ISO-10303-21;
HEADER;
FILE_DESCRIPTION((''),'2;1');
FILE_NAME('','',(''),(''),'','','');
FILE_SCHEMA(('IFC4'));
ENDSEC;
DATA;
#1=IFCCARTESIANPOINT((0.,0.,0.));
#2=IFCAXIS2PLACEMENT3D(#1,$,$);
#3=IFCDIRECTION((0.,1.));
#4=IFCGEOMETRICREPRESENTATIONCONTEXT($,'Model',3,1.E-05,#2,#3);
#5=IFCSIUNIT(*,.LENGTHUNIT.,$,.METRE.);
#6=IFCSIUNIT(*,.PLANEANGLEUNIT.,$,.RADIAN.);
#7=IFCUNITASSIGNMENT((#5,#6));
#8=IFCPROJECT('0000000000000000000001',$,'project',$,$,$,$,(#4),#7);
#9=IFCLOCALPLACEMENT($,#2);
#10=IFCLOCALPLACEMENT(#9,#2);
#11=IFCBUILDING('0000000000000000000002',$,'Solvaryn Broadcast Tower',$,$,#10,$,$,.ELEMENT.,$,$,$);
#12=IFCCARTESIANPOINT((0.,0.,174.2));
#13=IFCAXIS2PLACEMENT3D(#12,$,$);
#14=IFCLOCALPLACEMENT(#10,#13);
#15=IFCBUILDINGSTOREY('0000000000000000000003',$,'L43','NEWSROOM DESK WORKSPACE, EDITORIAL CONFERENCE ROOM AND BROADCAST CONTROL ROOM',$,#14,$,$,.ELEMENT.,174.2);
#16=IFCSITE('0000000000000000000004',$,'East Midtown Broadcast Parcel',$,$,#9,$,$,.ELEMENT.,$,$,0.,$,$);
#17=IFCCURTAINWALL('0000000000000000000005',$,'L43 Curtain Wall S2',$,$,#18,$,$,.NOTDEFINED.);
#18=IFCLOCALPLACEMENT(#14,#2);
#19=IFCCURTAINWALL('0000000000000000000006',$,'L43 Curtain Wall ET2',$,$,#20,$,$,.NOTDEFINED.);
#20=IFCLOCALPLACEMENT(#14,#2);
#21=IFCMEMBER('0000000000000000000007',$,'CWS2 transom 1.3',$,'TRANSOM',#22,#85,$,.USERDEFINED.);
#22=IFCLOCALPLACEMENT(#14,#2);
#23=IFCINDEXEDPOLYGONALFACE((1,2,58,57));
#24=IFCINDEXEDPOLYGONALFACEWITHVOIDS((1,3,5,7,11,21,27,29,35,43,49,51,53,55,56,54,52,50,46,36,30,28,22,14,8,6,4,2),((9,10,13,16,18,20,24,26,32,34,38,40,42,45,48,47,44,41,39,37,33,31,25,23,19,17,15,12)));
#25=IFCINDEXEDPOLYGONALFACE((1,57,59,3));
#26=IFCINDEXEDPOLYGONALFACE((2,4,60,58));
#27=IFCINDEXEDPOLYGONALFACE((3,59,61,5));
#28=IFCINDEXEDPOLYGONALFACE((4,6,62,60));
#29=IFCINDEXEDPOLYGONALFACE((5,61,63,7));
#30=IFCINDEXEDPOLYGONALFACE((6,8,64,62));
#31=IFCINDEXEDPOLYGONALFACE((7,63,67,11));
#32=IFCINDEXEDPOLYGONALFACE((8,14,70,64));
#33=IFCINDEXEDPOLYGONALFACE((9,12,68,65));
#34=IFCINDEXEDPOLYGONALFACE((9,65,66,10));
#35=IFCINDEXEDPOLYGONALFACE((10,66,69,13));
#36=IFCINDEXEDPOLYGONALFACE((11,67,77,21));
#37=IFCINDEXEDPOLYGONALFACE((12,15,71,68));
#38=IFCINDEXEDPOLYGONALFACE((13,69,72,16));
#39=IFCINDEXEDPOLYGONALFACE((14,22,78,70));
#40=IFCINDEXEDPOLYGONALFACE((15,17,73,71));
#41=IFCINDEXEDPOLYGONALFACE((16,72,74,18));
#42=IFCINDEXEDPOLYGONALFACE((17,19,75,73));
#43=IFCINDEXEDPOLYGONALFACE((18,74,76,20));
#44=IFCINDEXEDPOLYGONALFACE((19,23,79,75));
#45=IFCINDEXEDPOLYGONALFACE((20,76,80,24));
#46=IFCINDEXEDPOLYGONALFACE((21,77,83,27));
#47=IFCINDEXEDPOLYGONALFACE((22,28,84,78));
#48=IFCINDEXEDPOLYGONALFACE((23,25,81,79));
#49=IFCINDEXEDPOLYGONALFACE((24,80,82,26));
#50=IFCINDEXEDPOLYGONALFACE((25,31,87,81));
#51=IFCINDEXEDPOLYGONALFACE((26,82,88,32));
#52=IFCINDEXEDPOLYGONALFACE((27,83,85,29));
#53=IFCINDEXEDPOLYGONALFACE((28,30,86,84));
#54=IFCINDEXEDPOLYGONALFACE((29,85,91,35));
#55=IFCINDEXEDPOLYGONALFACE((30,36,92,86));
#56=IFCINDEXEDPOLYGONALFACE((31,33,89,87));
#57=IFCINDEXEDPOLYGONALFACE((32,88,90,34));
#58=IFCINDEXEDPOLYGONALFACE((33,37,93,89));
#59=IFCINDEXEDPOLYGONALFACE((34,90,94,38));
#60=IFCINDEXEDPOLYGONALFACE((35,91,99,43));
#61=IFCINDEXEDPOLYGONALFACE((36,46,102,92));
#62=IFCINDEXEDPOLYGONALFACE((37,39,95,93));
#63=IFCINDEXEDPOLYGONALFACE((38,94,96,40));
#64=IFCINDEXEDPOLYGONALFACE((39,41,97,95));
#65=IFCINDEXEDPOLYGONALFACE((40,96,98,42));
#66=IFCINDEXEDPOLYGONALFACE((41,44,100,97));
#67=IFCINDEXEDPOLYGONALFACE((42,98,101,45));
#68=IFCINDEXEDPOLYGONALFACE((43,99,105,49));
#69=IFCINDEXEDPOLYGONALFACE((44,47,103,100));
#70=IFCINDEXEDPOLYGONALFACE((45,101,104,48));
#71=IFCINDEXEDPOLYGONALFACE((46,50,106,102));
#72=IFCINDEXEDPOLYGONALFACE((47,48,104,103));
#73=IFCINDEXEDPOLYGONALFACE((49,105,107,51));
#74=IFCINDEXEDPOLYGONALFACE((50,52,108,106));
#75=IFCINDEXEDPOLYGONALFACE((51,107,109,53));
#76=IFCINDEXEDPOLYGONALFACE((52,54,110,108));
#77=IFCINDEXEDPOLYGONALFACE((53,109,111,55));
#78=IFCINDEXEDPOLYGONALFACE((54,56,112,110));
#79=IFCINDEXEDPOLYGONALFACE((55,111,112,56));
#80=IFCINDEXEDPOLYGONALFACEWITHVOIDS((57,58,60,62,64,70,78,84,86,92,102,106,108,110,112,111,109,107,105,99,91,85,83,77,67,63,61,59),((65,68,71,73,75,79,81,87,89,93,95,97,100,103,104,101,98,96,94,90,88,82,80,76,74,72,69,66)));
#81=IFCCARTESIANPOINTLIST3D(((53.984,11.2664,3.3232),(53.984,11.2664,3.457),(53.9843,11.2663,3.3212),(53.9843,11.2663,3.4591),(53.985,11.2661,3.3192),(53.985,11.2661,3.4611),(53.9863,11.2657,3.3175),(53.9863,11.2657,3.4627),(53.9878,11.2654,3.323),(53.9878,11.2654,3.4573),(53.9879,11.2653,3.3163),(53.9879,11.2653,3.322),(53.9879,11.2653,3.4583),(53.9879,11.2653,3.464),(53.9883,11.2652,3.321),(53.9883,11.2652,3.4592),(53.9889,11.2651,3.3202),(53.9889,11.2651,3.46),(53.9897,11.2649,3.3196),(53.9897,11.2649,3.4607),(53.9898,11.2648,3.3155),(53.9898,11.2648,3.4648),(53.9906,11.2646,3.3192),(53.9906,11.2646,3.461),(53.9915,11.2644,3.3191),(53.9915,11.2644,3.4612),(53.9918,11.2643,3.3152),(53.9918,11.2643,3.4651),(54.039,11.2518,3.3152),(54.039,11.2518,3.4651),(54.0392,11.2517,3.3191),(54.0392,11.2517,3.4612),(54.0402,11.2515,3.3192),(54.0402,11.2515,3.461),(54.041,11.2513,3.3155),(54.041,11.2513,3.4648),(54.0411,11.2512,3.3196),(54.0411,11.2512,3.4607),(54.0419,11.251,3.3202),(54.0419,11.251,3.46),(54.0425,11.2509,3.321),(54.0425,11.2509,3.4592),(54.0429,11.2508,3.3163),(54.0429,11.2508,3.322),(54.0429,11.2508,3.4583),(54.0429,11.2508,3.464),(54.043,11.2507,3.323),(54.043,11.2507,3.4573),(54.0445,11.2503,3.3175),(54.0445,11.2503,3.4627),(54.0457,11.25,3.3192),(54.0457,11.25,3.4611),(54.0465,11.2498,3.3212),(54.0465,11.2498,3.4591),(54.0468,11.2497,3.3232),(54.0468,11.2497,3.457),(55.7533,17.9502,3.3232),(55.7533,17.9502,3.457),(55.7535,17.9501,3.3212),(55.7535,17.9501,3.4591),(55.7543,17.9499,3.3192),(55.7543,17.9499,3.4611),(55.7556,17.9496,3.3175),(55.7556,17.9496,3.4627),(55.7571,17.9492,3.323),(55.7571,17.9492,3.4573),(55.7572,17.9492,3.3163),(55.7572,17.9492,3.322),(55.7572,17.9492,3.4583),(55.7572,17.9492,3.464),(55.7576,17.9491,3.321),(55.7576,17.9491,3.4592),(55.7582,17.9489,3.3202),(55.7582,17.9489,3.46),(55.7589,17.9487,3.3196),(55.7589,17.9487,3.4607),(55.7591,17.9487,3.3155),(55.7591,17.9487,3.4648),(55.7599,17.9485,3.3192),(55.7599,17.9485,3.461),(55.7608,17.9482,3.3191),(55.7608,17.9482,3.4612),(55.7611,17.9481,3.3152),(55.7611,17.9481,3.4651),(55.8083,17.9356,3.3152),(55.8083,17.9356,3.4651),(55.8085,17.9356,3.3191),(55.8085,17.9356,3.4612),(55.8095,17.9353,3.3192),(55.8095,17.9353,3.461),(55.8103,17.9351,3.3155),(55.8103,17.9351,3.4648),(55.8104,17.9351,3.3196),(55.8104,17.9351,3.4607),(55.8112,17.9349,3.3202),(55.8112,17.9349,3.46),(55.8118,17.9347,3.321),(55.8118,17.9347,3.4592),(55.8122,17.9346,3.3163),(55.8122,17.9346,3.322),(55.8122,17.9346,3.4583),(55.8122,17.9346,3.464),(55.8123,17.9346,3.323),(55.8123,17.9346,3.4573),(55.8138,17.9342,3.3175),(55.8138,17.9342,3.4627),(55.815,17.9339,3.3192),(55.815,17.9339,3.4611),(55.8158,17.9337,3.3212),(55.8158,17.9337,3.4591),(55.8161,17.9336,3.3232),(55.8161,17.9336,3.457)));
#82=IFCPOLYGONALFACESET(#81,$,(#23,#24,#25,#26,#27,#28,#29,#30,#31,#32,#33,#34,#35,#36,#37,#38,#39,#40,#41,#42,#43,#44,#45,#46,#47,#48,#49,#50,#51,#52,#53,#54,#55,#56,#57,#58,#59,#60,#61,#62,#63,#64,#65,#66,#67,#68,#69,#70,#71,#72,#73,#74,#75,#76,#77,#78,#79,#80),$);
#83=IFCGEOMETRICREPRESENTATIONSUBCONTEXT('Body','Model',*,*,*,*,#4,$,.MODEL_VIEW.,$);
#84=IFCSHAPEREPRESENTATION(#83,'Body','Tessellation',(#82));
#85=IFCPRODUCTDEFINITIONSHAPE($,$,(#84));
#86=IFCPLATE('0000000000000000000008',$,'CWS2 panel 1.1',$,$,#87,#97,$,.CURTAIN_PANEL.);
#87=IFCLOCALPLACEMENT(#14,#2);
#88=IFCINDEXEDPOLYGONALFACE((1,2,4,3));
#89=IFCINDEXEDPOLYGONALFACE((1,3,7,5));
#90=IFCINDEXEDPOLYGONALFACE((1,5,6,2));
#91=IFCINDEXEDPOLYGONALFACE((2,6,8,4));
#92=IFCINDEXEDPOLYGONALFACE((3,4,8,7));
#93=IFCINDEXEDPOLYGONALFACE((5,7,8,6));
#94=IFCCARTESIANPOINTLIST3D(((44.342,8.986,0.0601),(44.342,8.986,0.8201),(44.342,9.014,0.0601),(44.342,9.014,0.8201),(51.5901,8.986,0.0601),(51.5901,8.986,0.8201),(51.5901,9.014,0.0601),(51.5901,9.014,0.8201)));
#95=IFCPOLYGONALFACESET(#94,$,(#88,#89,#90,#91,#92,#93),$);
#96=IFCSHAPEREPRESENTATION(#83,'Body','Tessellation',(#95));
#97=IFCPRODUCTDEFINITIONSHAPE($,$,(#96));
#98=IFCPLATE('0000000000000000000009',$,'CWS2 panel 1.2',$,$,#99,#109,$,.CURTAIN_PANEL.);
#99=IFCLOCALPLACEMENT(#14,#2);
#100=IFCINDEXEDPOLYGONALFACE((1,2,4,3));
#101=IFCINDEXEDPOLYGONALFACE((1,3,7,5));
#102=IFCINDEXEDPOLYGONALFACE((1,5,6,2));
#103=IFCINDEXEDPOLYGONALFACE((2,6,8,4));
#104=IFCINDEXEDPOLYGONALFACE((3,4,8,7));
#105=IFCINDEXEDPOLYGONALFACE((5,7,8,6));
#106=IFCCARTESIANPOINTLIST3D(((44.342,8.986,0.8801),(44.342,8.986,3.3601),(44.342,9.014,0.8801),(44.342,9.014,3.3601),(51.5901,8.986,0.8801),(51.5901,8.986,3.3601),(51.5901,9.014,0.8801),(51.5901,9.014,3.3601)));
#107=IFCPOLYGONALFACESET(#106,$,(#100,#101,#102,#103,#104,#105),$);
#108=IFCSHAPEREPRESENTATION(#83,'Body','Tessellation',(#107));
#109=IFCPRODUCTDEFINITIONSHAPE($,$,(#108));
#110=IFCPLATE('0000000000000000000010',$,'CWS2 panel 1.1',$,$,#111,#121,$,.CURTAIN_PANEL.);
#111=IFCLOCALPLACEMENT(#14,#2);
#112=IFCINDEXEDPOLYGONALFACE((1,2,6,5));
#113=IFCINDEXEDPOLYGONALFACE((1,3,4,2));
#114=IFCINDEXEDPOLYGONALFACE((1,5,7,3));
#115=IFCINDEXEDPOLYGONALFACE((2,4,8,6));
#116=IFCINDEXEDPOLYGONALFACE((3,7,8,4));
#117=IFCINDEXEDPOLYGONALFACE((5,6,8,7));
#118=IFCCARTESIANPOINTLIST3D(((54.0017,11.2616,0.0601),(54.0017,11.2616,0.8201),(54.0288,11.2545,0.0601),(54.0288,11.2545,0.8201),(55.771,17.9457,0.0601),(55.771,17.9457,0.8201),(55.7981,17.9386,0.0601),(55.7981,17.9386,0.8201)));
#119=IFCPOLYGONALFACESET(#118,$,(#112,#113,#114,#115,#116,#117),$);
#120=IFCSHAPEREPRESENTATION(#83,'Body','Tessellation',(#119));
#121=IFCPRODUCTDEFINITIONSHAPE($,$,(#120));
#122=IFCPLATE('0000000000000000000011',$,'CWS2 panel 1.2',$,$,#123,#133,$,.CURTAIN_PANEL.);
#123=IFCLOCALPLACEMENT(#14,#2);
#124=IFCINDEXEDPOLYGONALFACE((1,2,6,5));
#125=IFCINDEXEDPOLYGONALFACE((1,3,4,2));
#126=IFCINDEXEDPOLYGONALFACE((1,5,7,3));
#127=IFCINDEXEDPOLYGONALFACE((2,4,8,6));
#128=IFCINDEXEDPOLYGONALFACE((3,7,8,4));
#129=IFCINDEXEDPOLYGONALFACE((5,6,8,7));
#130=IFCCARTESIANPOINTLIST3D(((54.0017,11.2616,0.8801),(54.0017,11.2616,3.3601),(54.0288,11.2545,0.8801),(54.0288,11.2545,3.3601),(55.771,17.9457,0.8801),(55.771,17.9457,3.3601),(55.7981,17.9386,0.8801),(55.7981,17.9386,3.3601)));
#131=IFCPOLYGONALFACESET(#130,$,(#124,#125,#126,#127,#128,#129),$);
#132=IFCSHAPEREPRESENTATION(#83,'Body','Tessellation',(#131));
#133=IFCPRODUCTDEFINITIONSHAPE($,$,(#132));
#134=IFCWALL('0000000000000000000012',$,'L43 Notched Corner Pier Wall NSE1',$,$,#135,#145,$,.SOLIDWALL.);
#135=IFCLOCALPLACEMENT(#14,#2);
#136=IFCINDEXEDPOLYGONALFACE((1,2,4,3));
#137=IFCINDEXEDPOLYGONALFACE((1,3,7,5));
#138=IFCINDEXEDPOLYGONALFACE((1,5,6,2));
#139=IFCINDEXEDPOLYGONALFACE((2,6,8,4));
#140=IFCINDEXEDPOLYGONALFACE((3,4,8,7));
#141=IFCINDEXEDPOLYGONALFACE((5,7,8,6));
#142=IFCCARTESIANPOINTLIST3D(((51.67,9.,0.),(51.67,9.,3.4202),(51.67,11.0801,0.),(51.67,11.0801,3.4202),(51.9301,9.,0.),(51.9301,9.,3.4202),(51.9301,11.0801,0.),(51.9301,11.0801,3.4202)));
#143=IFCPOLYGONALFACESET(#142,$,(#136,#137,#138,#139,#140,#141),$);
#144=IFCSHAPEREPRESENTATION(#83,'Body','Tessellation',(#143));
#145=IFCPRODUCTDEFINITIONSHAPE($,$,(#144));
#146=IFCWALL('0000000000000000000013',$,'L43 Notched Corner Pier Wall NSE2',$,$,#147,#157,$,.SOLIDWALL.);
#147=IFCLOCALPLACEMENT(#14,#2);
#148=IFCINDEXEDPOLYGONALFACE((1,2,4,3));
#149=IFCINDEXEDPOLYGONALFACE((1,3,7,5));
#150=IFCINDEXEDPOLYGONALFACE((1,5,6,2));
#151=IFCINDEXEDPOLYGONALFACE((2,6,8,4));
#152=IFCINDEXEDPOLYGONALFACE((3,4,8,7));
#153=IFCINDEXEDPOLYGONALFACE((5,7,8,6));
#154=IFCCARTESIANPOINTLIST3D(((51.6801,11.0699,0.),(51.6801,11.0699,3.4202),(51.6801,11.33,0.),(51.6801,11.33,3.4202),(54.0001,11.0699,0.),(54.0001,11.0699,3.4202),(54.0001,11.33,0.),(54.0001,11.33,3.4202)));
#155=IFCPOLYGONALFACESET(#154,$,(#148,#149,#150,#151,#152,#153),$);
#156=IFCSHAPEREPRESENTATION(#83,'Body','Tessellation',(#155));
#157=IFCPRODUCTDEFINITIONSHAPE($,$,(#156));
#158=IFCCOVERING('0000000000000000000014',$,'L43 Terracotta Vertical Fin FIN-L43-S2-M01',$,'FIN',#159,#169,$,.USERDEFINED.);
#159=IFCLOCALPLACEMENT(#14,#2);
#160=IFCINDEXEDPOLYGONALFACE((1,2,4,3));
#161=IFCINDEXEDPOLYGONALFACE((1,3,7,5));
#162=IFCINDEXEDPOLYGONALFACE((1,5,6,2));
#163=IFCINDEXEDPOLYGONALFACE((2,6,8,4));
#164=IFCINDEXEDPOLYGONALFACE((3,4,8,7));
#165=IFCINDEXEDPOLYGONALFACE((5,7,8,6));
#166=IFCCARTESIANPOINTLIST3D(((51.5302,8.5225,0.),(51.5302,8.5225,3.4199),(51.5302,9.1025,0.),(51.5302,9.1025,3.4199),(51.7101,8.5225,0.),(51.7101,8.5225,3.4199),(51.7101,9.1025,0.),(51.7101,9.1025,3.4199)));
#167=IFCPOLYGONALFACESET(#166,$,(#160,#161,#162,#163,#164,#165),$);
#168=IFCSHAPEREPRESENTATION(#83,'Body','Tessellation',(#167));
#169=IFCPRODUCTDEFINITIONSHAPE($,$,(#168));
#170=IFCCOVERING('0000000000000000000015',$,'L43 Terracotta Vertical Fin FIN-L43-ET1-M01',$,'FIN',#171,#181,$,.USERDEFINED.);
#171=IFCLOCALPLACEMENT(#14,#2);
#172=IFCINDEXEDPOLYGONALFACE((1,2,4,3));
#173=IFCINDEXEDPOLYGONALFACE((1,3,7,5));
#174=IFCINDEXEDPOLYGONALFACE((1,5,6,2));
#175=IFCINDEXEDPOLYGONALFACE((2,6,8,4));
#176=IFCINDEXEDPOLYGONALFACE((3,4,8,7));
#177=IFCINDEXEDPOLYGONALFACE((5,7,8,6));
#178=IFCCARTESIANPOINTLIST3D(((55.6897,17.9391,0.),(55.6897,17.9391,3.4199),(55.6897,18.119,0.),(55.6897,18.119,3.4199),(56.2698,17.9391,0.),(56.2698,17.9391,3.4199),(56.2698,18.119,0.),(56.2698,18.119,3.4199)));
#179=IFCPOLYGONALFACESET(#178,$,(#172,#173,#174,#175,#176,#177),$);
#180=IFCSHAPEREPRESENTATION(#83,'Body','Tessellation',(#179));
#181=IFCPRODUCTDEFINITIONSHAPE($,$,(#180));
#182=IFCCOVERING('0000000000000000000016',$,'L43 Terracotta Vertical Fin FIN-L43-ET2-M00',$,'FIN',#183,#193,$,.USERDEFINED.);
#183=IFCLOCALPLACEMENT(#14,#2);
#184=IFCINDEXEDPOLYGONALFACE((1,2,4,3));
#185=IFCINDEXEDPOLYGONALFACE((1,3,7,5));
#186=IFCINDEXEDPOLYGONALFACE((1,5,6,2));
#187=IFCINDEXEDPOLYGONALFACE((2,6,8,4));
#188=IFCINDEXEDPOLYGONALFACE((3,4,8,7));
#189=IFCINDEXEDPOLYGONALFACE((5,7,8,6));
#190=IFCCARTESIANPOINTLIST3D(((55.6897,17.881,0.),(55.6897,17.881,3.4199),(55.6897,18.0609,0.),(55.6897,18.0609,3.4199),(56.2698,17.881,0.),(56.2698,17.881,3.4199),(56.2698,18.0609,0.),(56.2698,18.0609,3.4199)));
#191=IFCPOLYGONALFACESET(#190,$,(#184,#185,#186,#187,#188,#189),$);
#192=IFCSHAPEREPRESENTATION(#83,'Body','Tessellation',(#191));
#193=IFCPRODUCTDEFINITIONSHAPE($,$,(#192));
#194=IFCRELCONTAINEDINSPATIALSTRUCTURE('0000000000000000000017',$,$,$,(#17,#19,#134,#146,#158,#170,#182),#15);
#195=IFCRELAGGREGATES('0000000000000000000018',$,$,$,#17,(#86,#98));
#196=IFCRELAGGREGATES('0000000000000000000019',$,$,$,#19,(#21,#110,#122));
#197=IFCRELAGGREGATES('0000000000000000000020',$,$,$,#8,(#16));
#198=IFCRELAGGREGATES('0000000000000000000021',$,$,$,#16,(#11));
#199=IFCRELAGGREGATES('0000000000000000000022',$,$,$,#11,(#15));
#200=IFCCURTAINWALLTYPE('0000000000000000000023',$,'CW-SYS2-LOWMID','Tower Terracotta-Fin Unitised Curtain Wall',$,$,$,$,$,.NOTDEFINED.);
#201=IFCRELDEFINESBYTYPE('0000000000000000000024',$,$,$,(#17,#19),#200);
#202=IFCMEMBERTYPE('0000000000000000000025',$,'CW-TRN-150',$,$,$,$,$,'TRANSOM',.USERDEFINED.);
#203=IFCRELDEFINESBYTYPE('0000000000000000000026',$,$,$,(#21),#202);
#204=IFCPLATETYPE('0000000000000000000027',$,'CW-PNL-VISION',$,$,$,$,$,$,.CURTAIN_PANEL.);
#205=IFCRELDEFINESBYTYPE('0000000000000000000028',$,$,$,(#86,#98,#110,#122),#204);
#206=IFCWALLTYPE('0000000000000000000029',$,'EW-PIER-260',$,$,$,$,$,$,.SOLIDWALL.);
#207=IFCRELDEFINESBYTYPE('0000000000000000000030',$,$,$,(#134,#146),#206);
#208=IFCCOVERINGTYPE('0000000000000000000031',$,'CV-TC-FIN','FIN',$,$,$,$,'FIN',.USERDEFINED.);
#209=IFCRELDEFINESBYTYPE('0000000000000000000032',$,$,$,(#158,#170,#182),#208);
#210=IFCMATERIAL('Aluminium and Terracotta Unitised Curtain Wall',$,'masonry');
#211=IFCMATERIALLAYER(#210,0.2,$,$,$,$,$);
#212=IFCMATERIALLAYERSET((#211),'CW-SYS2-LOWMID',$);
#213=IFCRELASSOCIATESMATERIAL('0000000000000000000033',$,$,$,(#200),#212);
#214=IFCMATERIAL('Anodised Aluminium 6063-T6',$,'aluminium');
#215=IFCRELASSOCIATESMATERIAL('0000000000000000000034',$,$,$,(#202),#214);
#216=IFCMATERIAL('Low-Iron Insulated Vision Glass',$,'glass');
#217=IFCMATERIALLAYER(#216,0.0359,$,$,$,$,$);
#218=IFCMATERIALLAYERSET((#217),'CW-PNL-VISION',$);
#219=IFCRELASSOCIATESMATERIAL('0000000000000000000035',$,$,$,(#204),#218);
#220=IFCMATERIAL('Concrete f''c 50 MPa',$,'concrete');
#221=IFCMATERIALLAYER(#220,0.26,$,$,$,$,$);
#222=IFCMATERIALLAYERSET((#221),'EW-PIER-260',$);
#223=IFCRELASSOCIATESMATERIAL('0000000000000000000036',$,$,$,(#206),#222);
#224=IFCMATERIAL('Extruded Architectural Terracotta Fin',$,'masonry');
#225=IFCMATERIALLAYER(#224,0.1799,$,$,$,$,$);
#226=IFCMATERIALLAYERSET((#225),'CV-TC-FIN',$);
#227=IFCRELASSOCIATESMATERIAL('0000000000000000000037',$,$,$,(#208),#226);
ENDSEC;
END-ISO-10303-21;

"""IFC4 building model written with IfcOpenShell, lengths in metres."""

from ifc_helpers import new_model, si_unit, direction, frame, frame_2d, origin, origin_2d, place, context, subcontext, project, spatial, rectangle, hollow_rectangle, extrude, material, layer, layer_set, material_profile, profile_set, type_object, element, aggregate, save


model = new_model("IFC4")

# Units and contexts
model_context = context("Model", 3, precision=1e-05, world=origin(), true_north=direction((0.0, 1.0)))
body_context = subcontext(model_context, "Body", "Model", "MODEL_VIEW")
ifc_project = project(units=[si_unit("LENGTHUNIT", "METRE"), si_unit("PLANEANGLEUNIT", "RADIAN")], contexts=[model_context])

# Site, building, storey
site_placement = place(None, origin())
site = spatial("IfcSite", under=ifc_project, at=site_placement, Name="East Midtown Broadcast Parcel", CompositionType="ELEMENT", RefElevation=0.0)
building_placement = place(site_placement, origin())
building = spatial("IfcBuilding", under=site, at=building_placement, Name="Solvaryn Broadcast Tower", CompositionType="ELEMENT")
storey_placement = place(building_placement, frame((0.0, 0.0, 174.2)))
storey = spatial("IfcBuildingStorey", under=building, at=storey_placement, Name="L43", Description="NEWSROOM DESK WORKSPACE, EDITORIAL CONFERENCE ROOM AND BROADCAST CONTROL ROOM", CompositionType="ELEMENT", Elevation=174.2)

# Curtain wall
ifc_material_1 = material(Name="Aluminium and Terracotta Unitised Curtain Wall", Category="masonry")
ifc_layer_1 = layer(ifc_material_1, 0.2)
ifc_layer_set_1 = layer_set([ifc_layer_1], Name="CW-SYS2-LOWMID")
curtain_wall_type = type_object("IfcCurtainWallType", Name="CW-SYS2-LOWMID", Description="Tower Terracotta-Fin Unitised Curtain Wall", PredefinedType="NOTDEFINED", material=ifc_layer_set_1)
curtain_wall_1_placement = place(storey_placement, origin())
curtain_wall_1 = element("IfcCurtainWall", 1, at=curtain_wall_1_placement, inside=storey, type_object=curtain_wall_type, Name="L43 Curtain Wall S2", PredefinedType="NOTDEFINED")

# Curtain wall, member
curtain_wall_2_placement = place(storey_placement, origin())
curtain_wall_2 = element("IfcCurtainWall", 2, at=curtain_wall_2_placement, inside=storey, type_object=curtain_wall_type, Name="L43 Curtain Wall ET2", PredefinedType="NOTDEFINED")
ifc_material_2 = material(Name="Anodised Aluminium 6063-T6", Category="aluminium")
ifc_material_profile_1 = material_profile(ifc_material_2, hollow_rectangle(XDim=0.0649, YDim=0.1499, WallThickness=0.0039, InnerFilletRadius=0.0039, OuterFilletRadius=0.0081, at=origin_2d()))
ifc_profile_set_1 = profile_set([ifc_material_profile_1], Name="Anodised Aluminium 6063-T6")
member_type_1 = type_object("IfcMemberType", Name="CW-TRN-150", ElementType="TRANSOM", PredefinedType="USERDEFINED", material=ifc_profile_set_1)
member_1_placement = place(storey_placement, frame((55.7847, 17.9419, 3.3901), z_axis=(-0.255897, -0.966704, 0.0), x_axis=(0.966704, -0.255897, 0.0)))
member_1 = element("IfcMember", 3, at=member_1_placement, type_object=member_type_1, Name="CWS2 transom 1.3", ObjectType="TRANSOM", PredefinedType="USERDEFINED", context=body_context, shape_type="SweptSolid", body=[
    extrude(hollow_rectangle(XDim=0.0649, YDim=0.1499, WallThickness=0.0039, InnerFilletRadius=0.0039, OuterFilletRadius=0.0081, at=origin_2d()), origin(), (0.0, 0.0, 1.0), 6.9141),
])

# Plates
ifc_material_3 = material(Name="Low-Iron Insulated Vision Glass", Category="glass")
ifc_layer_2 = layer(ifc_material_3, 0.0359)
ifc_layer_set_2 = layer_set([ifc_layer_2], Name="CW-PNL-VISION")
plate_type = type_object("IfcPlateType", Name="CW-PNL-VISION", PredefinedType="CURTAIN_PANEL", material=ifc_layer_set_2)
plate_1_placement = place(storey_placement, frame((47.9661, 9.0, 0.0601), z_axis=(0.0, 0.0, 1.0), x_axis=(1.0, 0.0, 0.0)))
plate_1 = element("IfcPlate", 4, at=plate_1_placement, type_object=plate_type, Name="CWS2 panel 1.1", PredefinedType="CURTAIN_PANEL", context=body_context, shape_type="SweptSolid", body=[
    extrude(rectangle(XDim=7.248, YDim=0.0281, at=origin_2d()), origin(), (0.0, 0.0, 1.0), 0.76),
])
plate_2_placement = place(storey_placement, frame((47.9661, 9.0, 0.8801), z_axis=(0.0, 0.0, 1.0), x_axis=(1.0, 0.0, 0.0)))
plate_2 = element("IfcPlate", 5, at=plate_2_placement, type_object=plate_type, Name="CWS2 panel 1.2", PredefinedType="CURTAIN_PANEL", context=body_context, shape_type="SweptSolid", body=[
    extrude(rectangle(XDim=7.248, YDim=0.0281, at=origin_2d()), origin(), (0.0, 0.0, 1.0), 2.48),
])
aggregate(curtain_wall_1, [plate_1, plate_2])
plate_3_placement = place(storey_placement, frame((54.8999, 14.6001, 0.0601), z_axis=(0.0, 0.0, 1.0), x_axis=(-0.255893, -0.966705, 0.0)))
plate_3 = element("IfcPlate", 6, at=plate_3_placement, type_object=plate_type, Name="CWS2 panel 1.1", PredefinedType="CURTAIN_PANEL", context=body_context, shape_type="SweptSolid", body=[
    extrude(rectangle(XDim=6.9143, YDim=0.0281, at=origin_2d()), origin(), (0.0, 0.0, 1.0), 0.76),
])
plate_4_placement = place(storey_placement, frame((54.8999, 14.6001, 0.8801), z_axis=(0.0, 0.0, 1.0), x_axis=(-0.255893, -0.966705, 0.0)))
plate_4 = element("IfcPlate", 7, at=plate_4_placement, type_object=plate_type, Name="CWS2 panel 1.2", PredefinedType="CURTAIN_PANEL", context=body_context, shape_type="SweptSolid", body=[
    extrude(rectangle(XDim=6.9143, YDim=0.0281, at=origin_2d()), origin(), (0.0, 0.0, 1.0), 2.48),
])
aggregate(curtain_wall_2, [member_1, plate_3, plate_4])

# Walls
ifc_material_4 = material(Name="Concrete f'c 50 MPa", Category="concrete")
ifc_layer_3 = layer(ifc_material_4, 0.26)
ifc_layer_set_3 = layer_set([ifc_layer_3], Name="EW-PIER-260")
wall_type = type_object("IfcWallType", Name="EW-PIER-260", PredefinedType="SOLIDWALL", material=ifc_layer_set_3)
wall_1_placement = place(storey_placement, frame((51.8, 9.0, 0.0), z_axis=(0.0, 0.0, 1.0), x_axis=(0.0, 1.0, 0.0)))
element("IfcWall", 8, at=wall_1_placement, inside=storey, type_object=wall_type, Name="L43 Notched Corner Pier Wall NSE1", PredefinedType="SOLIDWALL", context=body_context, shape_type="SweptSolid", body=[
    extrude(rectangle(XDim=2.0801, YDim=0.26, at=frame_2d((1.04, 0.0))), origin(), (0.0, 0.0, 1.0), 3.4202),
])
wall_2_placement = place(storey_placement, frame((51.6799, 11.2, 0.0), z_axis=(0.0, 0.0, 1.0), x_axis=(1.0, 0.0, 0.0)))
element("IfcWall", 9, at=wall_2_placement, inside=storey, type_object=wall_type, Name="L43 Notched Corner Pier Wall NSE2", PredefinedType="SOLIDWALL", context=body_context, shape_type="SweptSolid", body=[
    extrude(rectangle(XDim=2.3201, YDim=0.26, at=frame_2d((1.1602, 0.0))), origin(), (0.0, 0.0, 1.0), 3.4202),
])

# Coverings
ifc_material_5 = material(Name="Extruded Architectural Terracotta Fin", Category="masonry")
ifc_layer_4 = layer(ifc_material_5, 0.1799)
ifc_layer_set_4 = layer_set([ifc_layer_4], Name="CV-TC-FIN")
covering_type = type_object("IfcCoveringType", Name="CV-TC-FIN", Description="FIN", ElementType="FIN", PredefinedType="USERDEFINED", material=ifc_layer_set_4)
covering_placement = place(storey_placement, frame((51.6201, 8.8125, 0.0), z_axis=(0.0, 0.0, 1.0), x_axis=(1.0, 0.0, 0.0)))
element("IfcCovering", 10, at=covering_placement, inside=storey, type_object=covering_type, Name="L43 Terracotta Vertical Fin FIN-L43-S2-M01", ObjectType="FIN", PredefinedType="USERDEFINED", context=body_context, shape_type="SweptSolid", body=[
    extrude(rectangle(XDim=0.1799, YDim=0.5801, at=origin_2d()), origin(), (0.0, 0.0, 1.0), 3.4199),
])
for number, where, z_axis, x_axis, name in (
    (11, (55.9797, 18.0291, 0.0), (0.0, 0.0, 1.0), (1.0, 0.0, 0.0), "L43 Terracotta Vertical Fin FIN-L43-ET1-M01"),
    (12, (55.9797, 17.9709, 0.0), (0.0, 0.0, 1.0), (1.0, 0.0, 0.0), "L43 Terracotta Vertical Fin FIN-L43-ET2-M00"),
):
    element("IfcCovering", number, at=place(storey_placement, frame(where, z_axis=z_axis, x_axis=x_axis)), inside=storey, type_object=covering_type, Name=name, ObjectType="FIN", PredefinedType="USERDEFINED", context=body_context, shape_type="SweptSolid", body=[
        extrude(rectangle(XDim=0.5801, YDim=0.1799, at=origin_2d()), origin(), (0.0, 0.0, 1.0), 3.4199),
    ])

save(model, "model.ifc")
